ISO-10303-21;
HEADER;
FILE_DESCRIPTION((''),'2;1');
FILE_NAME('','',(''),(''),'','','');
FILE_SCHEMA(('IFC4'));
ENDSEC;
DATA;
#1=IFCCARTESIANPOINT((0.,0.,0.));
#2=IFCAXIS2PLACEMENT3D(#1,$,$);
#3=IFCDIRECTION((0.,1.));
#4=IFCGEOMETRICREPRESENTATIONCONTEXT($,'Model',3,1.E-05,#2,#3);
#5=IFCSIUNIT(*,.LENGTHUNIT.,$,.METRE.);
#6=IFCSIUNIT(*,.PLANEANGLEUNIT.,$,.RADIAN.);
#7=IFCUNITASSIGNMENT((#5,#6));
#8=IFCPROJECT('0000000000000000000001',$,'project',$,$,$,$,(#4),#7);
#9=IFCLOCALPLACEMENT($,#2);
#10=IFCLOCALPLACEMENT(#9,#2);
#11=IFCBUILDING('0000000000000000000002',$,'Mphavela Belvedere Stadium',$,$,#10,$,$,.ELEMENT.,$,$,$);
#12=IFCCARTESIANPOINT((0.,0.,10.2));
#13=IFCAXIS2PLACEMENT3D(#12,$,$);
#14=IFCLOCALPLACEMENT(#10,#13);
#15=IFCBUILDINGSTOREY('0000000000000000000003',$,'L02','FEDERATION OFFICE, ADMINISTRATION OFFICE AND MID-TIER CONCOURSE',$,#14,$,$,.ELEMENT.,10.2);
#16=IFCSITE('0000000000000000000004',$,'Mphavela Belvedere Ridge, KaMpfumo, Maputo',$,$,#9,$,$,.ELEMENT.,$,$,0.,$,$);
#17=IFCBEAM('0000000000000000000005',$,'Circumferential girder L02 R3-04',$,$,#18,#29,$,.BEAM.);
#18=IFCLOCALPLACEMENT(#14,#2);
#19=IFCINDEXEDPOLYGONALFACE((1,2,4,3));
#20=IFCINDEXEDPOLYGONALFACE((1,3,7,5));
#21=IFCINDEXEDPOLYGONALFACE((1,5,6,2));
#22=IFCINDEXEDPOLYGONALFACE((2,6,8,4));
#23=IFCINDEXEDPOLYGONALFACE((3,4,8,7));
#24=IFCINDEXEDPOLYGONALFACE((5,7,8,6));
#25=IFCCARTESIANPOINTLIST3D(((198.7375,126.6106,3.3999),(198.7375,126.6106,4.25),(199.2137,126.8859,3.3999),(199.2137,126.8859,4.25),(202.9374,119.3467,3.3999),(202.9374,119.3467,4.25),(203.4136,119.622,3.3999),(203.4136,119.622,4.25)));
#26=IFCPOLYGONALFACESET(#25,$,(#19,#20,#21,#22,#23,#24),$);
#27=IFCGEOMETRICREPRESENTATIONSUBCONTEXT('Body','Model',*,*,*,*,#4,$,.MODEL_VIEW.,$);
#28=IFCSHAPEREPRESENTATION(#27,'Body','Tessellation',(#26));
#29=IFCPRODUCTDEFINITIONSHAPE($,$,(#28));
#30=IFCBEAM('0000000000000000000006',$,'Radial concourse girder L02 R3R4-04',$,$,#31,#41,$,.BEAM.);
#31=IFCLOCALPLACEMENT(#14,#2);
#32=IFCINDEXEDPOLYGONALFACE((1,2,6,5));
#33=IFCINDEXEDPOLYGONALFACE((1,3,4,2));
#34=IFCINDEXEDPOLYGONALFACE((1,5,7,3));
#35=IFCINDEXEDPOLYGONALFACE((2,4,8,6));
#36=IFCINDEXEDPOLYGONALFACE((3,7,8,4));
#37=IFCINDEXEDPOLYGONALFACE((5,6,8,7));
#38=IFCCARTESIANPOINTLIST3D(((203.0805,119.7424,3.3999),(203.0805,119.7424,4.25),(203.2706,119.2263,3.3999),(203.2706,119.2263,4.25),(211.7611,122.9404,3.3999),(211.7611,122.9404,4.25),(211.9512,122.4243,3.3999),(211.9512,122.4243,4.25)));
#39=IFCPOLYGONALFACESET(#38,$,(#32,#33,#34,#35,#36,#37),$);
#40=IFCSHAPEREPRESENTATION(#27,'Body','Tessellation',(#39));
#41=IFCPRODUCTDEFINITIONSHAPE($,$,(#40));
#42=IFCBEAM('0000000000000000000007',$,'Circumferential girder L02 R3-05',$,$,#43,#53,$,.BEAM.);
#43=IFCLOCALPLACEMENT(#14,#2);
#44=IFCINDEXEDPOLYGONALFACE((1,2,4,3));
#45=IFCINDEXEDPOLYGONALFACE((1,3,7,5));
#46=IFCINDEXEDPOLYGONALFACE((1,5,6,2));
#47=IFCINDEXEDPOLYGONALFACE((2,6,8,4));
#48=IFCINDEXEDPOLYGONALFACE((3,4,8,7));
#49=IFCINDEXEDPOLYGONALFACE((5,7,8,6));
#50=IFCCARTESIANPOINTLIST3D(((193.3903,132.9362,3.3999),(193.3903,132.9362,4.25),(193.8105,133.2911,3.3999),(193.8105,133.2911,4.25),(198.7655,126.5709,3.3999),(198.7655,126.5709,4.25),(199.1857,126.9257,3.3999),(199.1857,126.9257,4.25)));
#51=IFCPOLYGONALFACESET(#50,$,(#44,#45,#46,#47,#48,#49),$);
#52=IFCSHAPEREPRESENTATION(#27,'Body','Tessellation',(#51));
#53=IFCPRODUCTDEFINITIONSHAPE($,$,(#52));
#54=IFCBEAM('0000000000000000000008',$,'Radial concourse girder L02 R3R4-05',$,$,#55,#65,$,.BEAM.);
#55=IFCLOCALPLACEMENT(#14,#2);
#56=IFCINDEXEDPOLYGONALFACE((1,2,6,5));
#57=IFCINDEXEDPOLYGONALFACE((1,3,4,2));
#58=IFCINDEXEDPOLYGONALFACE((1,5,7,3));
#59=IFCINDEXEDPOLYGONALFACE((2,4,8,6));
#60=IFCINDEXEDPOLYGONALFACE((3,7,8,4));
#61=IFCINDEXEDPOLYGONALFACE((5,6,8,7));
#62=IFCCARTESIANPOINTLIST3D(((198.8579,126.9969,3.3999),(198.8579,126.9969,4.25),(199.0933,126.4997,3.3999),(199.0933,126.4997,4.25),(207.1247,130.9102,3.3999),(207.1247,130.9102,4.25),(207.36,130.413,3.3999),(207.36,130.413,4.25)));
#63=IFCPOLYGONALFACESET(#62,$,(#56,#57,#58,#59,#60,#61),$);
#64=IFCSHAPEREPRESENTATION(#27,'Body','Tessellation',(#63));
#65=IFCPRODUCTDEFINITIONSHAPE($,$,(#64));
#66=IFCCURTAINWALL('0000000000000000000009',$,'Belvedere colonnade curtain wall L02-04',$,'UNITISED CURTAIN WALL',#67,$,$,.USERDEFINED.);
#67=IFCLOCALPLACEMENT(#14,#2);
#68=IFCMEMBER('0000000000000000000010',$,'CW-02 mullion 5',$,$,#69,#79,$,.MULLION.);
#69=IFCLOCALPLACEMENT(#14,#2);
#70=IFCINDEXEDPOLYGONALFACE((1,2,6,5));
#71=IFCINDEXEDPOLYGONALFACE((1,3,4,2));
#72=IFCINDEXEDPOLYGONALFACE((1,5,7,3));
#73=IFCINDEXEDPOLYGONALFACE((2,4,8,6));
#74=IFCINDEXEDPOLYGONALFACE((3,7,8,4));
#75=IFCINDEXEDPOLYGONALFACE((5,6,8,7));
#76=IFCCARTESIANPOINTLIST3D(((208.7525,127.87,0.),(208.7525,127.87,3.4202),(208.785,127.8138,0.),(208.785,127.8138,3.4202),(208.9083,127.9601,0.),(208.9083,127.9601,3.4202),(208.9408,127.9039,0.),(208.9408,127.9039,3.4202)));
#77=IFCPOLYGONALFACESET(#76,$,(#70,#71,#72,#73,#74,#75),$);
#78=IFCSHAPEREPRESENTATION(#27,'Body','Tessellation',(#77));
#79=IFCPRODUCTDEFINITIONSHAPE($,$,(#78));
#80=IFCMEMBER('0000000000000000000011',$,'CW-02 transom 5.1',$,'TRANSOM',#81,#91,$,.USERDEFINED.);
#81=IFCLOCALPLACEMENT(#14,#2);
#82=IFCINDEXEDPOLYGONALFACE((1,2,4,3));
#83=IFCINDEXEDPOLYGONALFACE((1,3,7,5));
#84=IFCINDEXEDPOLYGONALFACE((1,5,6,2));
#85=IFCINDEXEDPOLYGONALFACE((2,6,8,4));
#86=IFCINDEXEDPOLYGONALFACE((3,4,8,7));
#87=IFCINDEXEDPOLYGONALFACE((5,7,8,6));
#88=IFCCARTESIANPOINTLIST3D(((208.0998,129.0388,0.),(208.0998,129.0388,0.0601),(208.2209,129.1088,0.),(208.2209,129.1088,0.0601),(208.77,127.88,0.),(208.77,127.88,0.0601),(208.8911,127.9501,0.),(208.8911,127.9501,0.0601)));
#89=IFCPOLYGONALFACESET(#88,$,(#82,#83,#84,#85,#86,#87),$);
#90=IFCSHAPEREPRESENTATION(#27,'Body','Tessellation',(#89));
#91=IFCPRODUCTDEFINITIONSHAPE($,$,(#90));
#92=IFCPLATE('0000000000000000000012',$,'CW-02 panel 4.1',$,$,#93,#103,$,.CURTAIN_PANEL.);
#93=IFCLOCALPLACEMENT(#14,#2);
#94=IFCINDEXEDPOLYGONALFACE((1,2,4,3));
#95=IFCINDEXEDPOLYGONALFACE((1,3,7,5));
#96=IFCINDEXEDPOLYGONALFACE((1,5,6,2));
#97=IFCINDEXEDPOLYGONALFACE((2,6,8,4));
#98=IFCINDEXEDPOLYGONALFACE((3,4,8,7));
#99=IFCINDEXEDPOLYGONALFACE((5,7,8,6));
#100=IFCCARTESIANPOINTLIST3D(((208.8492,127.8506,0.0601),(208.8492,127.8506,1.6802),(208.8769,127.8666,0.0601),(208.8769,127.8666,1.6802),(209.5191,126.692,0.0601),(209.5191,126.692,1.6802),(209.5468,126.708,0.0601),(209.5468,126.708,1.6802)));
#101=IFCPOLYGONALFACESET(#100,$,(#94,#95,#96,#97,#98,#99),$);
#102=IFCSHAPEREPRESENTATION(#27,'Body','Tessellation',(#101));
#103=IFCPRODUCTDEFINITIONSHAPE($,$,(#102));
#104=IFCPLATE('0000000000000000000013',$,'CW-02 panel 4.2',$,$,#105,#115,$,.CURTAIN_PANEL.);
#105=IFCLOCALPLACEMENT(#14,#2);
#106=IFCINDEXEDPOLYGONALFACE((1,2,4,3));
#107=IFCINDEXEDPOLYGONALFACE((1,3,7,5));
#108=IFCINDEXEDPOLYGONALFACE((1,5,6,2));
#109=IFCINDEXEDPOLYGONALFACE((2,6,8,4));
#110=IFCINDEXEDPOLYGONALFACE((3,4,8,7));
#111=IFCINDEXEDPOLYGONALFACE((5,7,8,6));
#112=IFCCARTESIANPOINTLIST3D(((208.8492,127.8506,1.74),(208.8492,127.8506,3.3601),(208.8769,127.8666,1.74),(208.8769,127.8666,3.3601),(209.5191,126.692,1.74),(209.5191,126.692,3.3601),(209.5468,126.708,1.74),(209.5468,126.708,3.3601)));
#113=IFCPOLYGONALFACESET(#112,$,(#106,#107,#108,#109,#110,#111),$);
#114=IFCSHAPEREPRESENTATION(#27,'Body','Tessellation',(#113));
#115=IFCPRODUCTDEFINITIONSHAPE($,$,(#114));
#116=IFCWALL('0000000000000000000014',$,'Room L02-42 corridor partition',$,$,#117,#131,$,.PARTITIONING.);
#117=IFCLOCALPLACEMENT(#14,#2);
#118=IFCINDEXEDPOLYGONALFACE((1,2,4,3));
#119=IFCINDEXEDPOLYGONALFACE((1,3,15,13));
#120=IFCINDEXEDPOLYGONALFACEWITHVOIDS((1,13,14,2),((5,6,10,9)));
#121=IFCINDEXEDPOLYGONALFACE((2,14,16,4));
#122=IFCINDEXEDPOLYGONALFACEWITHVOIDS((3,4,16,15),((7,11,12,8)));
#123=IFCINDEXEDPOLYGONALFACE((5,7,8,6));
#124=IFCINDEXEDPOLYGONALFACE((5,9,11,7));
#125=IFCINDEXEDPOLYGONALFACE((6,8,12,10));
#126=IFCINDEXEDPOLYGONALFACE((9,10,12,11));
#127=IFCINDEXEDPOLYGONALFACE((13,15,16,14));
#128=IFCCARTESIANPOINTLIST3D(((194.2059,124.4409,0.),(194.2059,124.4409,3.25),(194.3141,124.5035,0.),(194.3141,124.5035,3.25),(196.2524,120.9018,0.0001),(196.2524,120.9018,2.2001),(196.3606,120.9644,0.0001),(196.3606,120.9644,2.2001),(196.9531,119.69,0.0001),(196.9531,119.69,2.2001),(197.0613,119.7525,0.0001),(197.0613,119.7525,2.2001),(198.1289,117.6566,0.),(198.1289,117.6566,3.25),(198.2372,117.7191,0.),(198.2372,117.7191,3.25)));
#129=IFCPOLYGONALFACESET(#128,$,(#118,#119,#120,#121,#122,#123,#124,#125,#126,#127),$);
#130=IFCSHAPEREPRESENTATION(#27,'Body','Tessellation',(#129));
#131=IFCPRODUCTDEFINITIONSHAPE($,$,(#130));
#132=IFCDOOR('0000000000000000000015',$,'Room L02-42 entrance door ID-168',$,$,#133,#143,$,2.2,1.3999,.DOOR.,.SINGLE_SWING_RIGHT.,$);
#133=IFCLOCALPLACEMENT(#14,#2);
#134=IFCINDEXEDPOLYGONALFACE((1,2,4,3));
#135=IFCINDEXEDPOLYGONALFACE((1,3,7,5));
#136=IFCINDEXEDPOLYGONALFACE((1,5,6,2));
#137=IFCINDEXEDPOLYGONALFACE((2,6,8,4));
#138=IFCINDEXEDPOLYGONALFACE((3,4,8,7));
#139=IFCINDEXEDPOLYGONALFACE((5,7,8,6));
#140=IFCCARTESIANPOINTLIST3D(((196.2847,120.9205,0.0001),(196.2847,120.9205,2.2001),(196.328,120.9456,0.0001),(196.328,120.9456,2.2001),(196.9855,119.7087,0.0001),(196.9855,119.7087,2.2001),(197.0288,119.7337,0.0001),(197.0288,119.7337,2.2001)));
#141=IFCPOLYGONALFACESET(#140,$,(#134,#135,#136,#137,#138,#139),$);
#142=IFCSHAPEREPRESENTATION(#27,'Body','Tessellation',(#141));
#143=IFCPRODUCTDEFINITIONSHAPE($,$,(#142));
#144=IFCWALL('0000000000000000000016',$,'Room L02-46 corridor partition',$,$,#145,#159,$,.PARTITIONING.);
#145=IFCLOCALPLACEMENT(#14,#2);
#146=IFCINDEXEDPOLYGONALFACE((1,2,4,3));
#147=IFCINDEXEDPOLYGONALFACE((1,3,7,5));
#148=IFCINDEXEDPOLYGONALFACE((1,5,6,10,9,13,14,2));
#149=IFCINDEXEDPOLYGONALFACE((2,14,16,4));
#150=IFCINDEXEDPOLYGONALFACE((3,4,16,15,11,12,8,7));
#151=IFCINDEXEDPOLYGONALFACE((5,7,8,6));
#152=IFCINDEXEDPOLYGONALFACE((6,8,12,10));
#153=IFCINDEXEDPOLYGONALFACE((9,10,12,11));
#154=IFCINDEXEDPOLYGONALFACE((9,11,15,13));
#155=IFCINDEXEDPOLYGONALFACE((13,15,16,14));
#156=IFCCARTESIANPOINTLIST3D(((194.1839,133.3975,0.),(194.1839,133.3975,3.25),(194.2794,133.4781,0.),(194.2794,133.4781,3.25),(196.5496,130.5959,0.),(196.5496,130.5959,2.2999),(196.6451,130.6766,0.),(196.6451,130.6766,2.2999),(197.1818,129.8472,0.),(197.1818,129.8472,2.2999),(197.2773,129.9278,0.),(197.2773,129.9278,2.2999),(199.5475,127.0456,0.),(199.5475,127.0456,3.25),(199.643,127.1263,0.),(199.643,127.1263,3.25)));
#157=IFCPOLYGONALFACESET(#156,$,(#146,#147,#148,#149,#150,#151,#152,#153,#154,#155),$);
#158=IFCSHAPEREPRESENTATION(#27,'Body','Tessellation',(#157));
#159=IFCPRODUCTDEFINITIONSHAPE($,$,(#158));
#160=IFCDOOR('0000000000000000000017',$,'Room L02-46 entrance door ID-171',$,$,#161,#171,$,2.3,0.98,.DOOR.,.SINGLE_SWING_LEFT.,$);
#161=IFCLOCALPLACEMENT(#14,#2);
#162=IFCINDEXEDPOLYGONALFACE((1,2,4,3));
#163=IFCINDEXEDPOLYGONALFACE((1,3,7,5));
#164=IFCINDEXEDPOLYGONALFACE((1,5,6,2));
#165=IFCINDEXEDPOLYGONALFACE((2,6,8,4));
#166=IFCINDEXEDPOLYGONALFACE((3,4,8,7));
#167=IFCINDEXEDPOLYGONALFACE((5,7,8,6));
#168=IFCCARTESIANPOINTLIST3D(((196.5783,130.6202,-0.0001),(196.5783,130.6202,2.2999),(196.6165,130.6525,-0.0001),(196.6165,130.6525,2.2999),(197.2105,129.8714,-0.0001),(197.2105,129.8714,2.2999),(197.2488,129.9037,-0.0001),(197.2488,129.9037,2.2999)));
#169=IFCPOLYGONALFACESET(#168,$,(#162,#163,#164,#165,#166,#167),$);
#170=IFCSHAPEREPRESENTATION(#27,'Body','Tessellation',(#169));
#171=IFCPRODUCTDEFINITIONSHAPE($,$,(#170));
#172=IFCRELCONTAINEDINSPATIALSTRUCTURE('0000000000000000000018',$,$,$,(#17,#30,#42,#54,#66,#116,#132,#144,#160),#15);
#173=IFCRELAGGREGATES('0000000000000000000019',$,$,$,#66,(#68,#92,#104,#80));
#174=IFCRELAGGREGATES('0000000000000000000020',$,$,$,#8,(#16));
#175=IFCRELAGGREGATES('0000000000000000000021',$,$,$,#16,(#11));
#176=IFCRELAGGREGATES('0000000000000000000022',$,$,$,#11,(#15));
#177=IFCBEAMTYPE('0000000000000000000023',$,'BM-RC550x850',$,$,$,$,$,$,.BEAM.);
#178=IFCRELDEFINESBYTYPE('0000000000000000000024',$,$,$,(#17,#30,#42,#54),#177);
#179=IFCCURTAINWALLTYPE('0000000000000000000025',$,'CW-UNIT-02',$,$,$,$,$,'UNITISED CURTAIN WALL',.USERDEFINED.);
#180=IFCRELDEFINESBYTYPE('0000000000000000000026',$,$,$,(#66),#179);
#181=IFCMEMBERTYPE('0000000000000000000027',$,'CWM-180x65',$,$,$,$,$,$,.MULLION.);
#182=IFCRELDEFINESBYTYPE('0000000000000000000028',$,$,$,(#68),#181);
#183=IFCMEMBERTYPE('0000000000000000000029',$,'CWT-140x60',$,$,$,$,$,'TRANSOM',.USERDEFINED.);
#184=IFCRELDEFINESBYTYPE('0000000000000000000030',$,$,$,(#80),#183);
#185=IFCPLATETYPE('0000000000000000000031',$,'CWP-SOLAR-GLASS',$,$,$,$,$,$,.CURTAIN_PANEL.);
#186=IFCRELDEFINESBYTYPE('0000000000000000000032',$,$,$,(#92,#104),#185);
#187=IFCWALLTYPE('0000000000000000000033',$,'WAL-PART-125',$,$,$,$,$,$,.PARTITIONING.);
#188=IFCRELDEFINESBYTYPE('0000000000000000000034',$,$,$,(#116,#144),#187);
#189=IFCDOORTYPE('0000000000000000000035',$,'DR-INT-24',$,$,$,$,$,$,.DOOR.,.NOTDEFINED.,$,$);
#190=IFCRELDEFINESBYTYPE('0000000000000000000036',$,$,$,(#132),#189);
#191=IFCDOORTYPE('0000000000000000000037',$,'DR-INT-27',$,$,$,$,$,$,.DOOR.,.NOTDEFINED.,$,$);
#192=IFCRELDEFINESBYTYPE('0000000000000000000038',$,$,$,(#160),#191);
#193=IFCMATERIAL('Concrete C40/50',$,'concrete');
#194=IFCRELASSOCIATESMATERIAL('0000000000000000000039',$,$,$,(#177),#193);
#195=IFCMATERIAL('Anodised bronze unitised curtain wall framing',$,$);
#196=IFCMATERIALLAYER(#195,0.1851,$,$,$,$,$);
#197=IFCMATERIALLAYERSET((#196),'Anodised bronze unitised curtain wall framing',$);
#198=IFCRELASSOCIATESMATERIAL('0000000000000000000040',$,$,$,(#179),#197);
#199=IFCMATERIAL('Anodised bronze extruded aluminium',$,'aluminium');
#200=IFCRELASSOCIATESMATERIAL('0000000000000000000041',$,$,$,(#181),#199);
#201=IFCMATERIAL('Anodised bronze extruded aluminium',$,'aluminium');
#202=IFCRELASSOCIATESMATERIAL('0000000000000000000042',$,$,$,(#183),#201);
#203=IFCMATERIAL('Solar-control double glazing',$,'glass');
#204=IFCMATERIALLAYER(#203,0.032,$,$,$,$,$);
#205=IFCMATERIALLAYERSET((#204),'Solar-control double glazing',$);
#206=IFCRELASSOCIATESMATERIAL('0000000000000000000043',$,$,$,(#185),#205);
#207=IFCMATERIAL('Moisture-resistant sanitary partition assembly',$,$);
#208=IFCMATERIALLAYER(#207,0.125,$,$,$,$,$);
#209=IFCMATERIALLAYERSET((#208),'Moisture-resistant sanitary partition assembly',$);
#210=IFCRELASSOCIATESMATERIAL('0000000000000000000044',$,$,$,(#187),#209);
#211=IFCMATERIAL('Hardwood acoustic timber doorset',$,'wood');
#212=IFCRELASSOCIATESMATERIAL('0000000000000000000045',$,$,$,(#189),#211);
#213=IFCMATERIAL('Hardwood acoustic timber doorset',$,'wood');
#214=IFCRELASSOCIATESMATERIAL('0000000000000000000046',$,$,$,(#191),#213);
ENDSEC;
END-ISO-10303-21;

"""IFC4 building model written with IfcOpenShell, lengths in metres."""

from ifc_helpers import new_model, si_unit, direction, frame, frame_2d, origin, origin_2d, place, context, subcontext, project, spatial, rectangle, extrude, material, layer, layer_set, material_profile, profile_set, type_object, element, fill, aggregate, save


model = new_model("IFC4")

# Units and contexts
model_context = context("Model", 3, precision=1e-05, world=origin(), true_north=direction((0.0, 1.0)))
body_context = subcontext(model_context, "Body", "Model", "MODEL_VIEW")
ifc_project = project(units=[si_unit("LENGTHUNIT", "METRE"), si_unit("PLANEANGLEUNIT", "RADIAN")], contexts=[model_context])

# Site, building, storey
site_placement = place(None, origin())
site = spatial("IfcSite", under=ifc_project, at=site_placement, Name="Mphavela Belvedere Ridge, KaMpfumo, Maputo", CompositionType="ELEMENT", RefElevation=0.0)
building_placement = place(site_placement, origin())
building = spatial("IfcBuilding", under=site, at=building_placement, Name="Mphavela Belvedere Stadium", CompositionType="ELEMENT")
storey_placement = place(building_placement, frame((0.0, 0.0, 10.2)))
storey = spatial("IfcBuildingStorey", under=building, at=storey_placement, Name="L02", Description="FEDERATION OFFICE, ADMINISTRATION OFFICE AND MID-TIER CONCOURSE", CompositionType="ELEMENT", Elevation=10.2)

# Beams
ifc_material_1 = material(Name="Concrete C40/50", Category="concrete")
ifc_material_profile_1 = material_profile(ifc_material_1, rectangle(XDim=0.55, YDim=0.8501, at=origin_2d()), Name="RC 550x850")
ifc_profile_set_1 = profile_set([ifc_material_profile_1], Name="Concrete C40/50")
beam_type_1 = type_object("IfcBeamType", Name="BM-RC550x850", PredefinedType="BEAM", material=ifc_profile_set_1)
beam_1_placement = place(storey_placement, frame((203.1755, 119.4844, 3.825), z_axis=(-0.500548, 0.865709, 0.0), x_axis=(-0.865709, -0.500548, 0.0)))
element("IfcBeam", 1, at=beam_1_placement, inside=storey, type_object=beam_type_1, Name="Circumferential girder L02 R3-04", PredefinedType="BEAM", context=body_context, shape_type="SweptSolid", body=[
    extrude(rectangle(XDim=0.55, YDim=0.8501, at=origin_2d()), origin(), (0.0, 0.0, 1.0), 8.3906),
])
beam_2_placement = place(storey_placement, frame((203.1755, 119.4844, 3.825), z_axis=(0.938348, 0.345692, 0.0), x_axis=(-0.345692, 0.938348, 0.0)))
element("IfcBeam", 2, at=beam_2_placement, inside=storey, type_object=beam_type_1, Name="Radial concourse girder L02 R3R4-04", PredefinedType="BEAM", context=body_context, shape_type="SweptSolid", body=[
    extrude(rectangle(XDim=0.55, YDim=0.8501, at=origin_2d()), origin(), (0.0, 0.0, 1.0), 9.251),
])
beam_3_placement = place(storey_placement, frame((198.9756, 126.7483, 3.825), z_axis=(-0.645177, 0.764033, 0.0), x_axis=(-0.764033, -0.645177, 0.0)))
element("IfcBeam", 3, at=beam_3_placement, inside=storey, type_object=beam_type_1, Name="Circumferential girder L02 R3-05", PredefinedType="BEAM", context=body_context, shape_type="SweptSolid", body=[
    extrude(rectangle(XDim=0.55, YDim=0.8501, at=origin_2d()), origin(), (0.0, 0.0, 1.0), 8.3313),
])
beam_4_placement = place(storey_placement, frame((198.9756, 126.7483, 3.825), z_axis=(0.903845, 0.427859, 0.0), x_axis=(-0.427859, 0.903845, 0.0)))
element("IfcBeam", 4, at=beam_4_placement, inside=storey, type_object=beam_type_1, Name="Radial concourse girder L02 R3R4-05", PredefinedType="BEAM", context=body_context, shape_type="SweptSolid", body=[
    extrude(rectangle(XDim=0.55, YDim=0.8501, at=origin_2d()), origin(), (0.0, 0.0, 1.0), 9.1462),
])

# Curtain wall, members, plates
ifc_material_2 = material(Name="Anodised bronze unitised curtain wall framing")
ifc_layer_1 = layer(ifc_material_2, 0.1851)
ifc_layer_set_1 = layer_set([ifc_layer_1], Name="Anodised bronze unitised curtain wall framing")
curtain_wall_type = type_object("IfcCurtainWallType", Name="CW-UNIT-02", ElementType="UNITISED CURTAIN WALL", PredefinedType="USERDEFINED", material=ifc_layer_set_1)
curtain_wall_placement = place(storey_placement, origin())
curtain_wall = element("IfcCurtainWall", 5, at=curtain_wall_placement, inside=storey, type_object=curtain_wall_type, Name="Belvedere colonnade curtain wall L02-04", ObjectType="UNITISED CURTAIN WALL", PredefinedType="USERDEFINED")
ifc_material_3 = material(Name="Anodised bronze extruded aluminium", Category="aluminium")
ifc_material_profile_2 = material_profile(ifc_material_3, rectangle(XDim=0.1799, YDim=0.0649, at=origin_2d()), Name="CW-MUL 180x65")
ifc_profile_set_2 = profile_set([ifc_material_profile_2], Name="Anodised bronze extruded aluminium")
member_type_1 = type_object("IfcMemberType", Name="CWM-180x65", PredefinedType="MULLION", material=ifc_profile_set_2)
member_1_placement = place(storey_placement, frame((208.8467, 127.887, 0.0), z_axis=(0.0, 0.0, 1.0), x_axis=(-0.8657, -0.500562, 0.0)))
member_1 = element("IfcMember", 6, at=member_1_placement, type_object=member_type_1, Name="CW-02 mullion 5", PredefinedType="MULLION", context=body_context, shape_type="SweptSolid", body=[
    extrude(rectangle(XDim=0.1799, YDim=0.0649, at=origin_2d()), origin(), (0.0, 0.0, 1.0), 3.4202),
])
ifc_material_4 = material(Name="Anodised bronze extruded aluminium", Category="aluminium")
ifc_material_profile_3 = material_profile(ifc_material_4, rectangle(XDim=0.1399, YDim=0.0601, at=origin_2d()), Name="CW-TRN 140x60")
ifc_profile_set_3 = profile_set([ifc_material_profile_3], Name="Anodised bronze extruded aluminium")
member_type_2 = type_object("IfcMemberType", Name="CWT-140x60", ElementType="TRANSOM", PredefinedType="USERDEFINED", material=ifc_profile_set_3)
member_2_placement = place(storey_placement, frame((208.8306, 127.915, 0.03), z_axis=(-0.50067, 0.865638, 0.0), x_axis=(-0.865638, -0.50067, 0.0)))
member_2 = element("IfcMember", 7, at=member_2_placement, type_object=member_type_2, Name="CW-02 transom 5.1", ObjectType="TRANSOM", PredefinedType="USERDEFINED", context=body_context, shape_type="SweptSolid", body=[
    extrude(rectangle(XDim=0.1399, YDim=0.0601, at=origin_2d()), origin(), (0.0, 0.0, 1.0), 1.3386),
])
ifc_material_5 = material(Name="Solar-control double glazing", Category="glass")
ifc_layer_2 = layer(ifc_material_5, 0.032)
ifc_layer_set_2 = layer_set([ifc_layer_2], Name="Solar-control double glazing")
plate_type = type_object("IfcPlateType", Name="CWP-SOLAR-GLASS", PredefinedType="CURTAIN_PANEL", material=ifc_layer_set_2)
plate_1_placement = place(storey_placement, frame((209.198, 127.2793, 0.0601), z_axis=(0.0, 0.0, 1.0), x_axis=(-0.500562, 0.8657, 0.0)))
plate_1 = element("IfcPlate", 8, at=plate_1_placement, type_object=plate_type, Name="CW-02 panel 4.1", PredefinedType="CURTAIN_PANEL", context=body_context, shape_type="SweptSolid", body=[
    extrude(rectangle(XDim=1.3384, YDim=0.032, at=origin_2d()), origin(), (0.0, 0.0, 1.0), 1.6201),
])
plate_2_placement = place(storey_placement, frame((209.198, 127.2793, 1.74), z_axis=(0.0, 0.0, 1.0), x_axis=(-0.500562, 0.8657, 0.0)))
plate_2 = element("IfcPlate", 9, at=plate_2_placement, type_object=plate_type, Name="CW-02 panel 4.2", PredefinedType="CURTAIN_PANEL", context=body_context, shape_type="SweptSolid", body=[
    extrude(rectangle(XDim=1.3384, YDim=0.032, at=origin_2d()), origin(), (0.0, 0.0, 1.0), 1.6201),
])
aggregate(curtain_wall, [member_1, plate_1, plate_2, member_2])

# Walls, openings, doors
ifc_material_6 = material(Name="Moisture-resistant sanitary partition assembly")
ifc_layer_3 = layer(ifc_material_6, 0.125)
ifc_layer_set_3 = layer_set([ifc_layer_3], Name="Moisture-resistant sanitary partition assembly")
wall_type_1 = type_object("IfcWallType", Name="WAL-PART-125", PredefinedType="PARTITIONING", material=ifc_layer_set_3)
wall_1_placement = place(storey_placement, frame((194.26, 124.4722, 0.0), z_axis=(0.0, 0.0, 1.0), x_axis=(0.500584, -0.865688, 0.0)))
wall_1 = element("IfcWall", 10, at=wall_1_placement, inside=storey, type_object=wall_type_1, Name="Room L02-42 corridor partition", PredefinedType="PARTITIONING", context=body_context, shape_type="SweptSolid", body=[
    extrude(rectangle(XDim=7.8369, YDim=0.125, at=frame_2d((3.9185, 0.0))), origin(), (0.0, 0.0, 1.0), 3.25),
])
opening_1_placement = place(wall_1_placement, frame((4.0881, 0.0, 0.0)))
opening_1 = element("IfcOpeningElement", 11, at=opening_1_placement, cuts=wall_1, PredefinedType="OPENING", context=body_context, shape_type="SweptSolid", body=[
    extrude(rectangle(XDim=1.3999, YDim=2.2, at=frame_2d((0.7, 1.1001))), frame((0.0, 0.0725, 0.0), z_axis=(0.0, -1.0, 0.0), x_axis=(1.0, 0.0, 0.0)), (0.0, 0.0, 1.0), 0.145),
])
ifc_material_7 = material(Name="Hardwood acoustic timber doorset", Category="wood")
door_type_1 = type_object("IfcDoorType", Name="DR-INT-24", OperationType="NOTDEFINED", PredefinedType="DOOR", material=ifc_material_7)
door_1_placement = place(opening_1_placement, origin())
door_1 = element("IfcDoor", 12, at=door_1_placement, inside=storey, type_object=door_type_1, Name="Room L02-42 entrance door ID-168", OperationType="SINGLE_SWING_RIGHT", OverallHeight=2.2, OverallWidth=1.3999, PredefinedType="DOOR", context=body_context, shape_type="SweptSolid", body=[
    extrude(rectangle(XDim=1.3999, YDim=2.2, at=frame_2d((0.7, 1.1001))), frame((0.0, 0.0249, 0.0), z_axis=(0.0, -1.0, 0.0), x_axis=(1.0, 0.0, 0.0)), (0.0, 0.0, 1.0), 0.05),
])
fill(opening_1, door_1)
wall_2_placement = place(storey_placement, frame((199.5952, 127.0859, 0.0), z_axis=(0.0, 0.0, 1.0), x_axis=(-0.645165, 0.764043, 0.0)))
wall_2 = element("IfcWall", 13, at=wall_2_placement, inside=storey, type_object=wall_type_1, Name="Room L02-46 corridor partition", PredefinedType="PARTITIONING", context=body_context, shape_type="SweptSolid", body=[
    extrude(rectangle(XDim=8.3135, YDim=0.125, at=frame_2d((4.1567, 0.0))), origin(), (0.0, 0.0, 1.0), 3.25),
])
opening_2_placement = place(wall_2_placement, frame((3.6667, 0.0, 0.0)))
opening_2 = element("IfcOpeningElement", 14, at=opening_2_placement, cuts=wall_2, PredefinedType="OPENING", context=body_context, shape_type="SweptSolid", body=[
    extrude(rectangle(XDim=0.98, YDim=2.3, at=frame_2d((0.49, 1.1499))), frame((0.0, 0.0725, 0.0), z_axis=(0.0, -1.0, 0.0), x_axis=(1.0, 0.0, 0.0)), (0.0, 0.0, 1.0), 0.145),
])
ifc_material_8 = material(Name="Hardwood acoustic timber doorset", Category="wood")
door_type_2 = type_object("IfcDoorType", Name="DR-INT-27", OperationType="NOTDEFINED", PredefinedType="DOOR", material=ifc_material_8)
door_2_placement = place(opening_2_placement, origin())
door_2 = element("IfcDoor", 15, at=door_2_placement, inside=storey, type_object=door_type_2, Name="Room L02-46 entrance door ID-171", OperationType="SINGLE_SWING_LEFT", OverallHeight=2.3, OverallWidth=0.98, PredefinedType="DOOR", context=body_context, shape_type="SweptSolid", body=[
    extrude(rectangle(XDim=0.98, YDim=2.3, at=frame_2d((0.49, 1.1499))), frame((0.0, 0.0249, 0.0), z_axis=(0.0, -1.0, 0.0), x_axis=(1.0, 0.0, 0.0)), (0.0, 0.0, 1.0), 0.05),
])
fill(opening_2, door_2)

save(model, "model.ifc")
